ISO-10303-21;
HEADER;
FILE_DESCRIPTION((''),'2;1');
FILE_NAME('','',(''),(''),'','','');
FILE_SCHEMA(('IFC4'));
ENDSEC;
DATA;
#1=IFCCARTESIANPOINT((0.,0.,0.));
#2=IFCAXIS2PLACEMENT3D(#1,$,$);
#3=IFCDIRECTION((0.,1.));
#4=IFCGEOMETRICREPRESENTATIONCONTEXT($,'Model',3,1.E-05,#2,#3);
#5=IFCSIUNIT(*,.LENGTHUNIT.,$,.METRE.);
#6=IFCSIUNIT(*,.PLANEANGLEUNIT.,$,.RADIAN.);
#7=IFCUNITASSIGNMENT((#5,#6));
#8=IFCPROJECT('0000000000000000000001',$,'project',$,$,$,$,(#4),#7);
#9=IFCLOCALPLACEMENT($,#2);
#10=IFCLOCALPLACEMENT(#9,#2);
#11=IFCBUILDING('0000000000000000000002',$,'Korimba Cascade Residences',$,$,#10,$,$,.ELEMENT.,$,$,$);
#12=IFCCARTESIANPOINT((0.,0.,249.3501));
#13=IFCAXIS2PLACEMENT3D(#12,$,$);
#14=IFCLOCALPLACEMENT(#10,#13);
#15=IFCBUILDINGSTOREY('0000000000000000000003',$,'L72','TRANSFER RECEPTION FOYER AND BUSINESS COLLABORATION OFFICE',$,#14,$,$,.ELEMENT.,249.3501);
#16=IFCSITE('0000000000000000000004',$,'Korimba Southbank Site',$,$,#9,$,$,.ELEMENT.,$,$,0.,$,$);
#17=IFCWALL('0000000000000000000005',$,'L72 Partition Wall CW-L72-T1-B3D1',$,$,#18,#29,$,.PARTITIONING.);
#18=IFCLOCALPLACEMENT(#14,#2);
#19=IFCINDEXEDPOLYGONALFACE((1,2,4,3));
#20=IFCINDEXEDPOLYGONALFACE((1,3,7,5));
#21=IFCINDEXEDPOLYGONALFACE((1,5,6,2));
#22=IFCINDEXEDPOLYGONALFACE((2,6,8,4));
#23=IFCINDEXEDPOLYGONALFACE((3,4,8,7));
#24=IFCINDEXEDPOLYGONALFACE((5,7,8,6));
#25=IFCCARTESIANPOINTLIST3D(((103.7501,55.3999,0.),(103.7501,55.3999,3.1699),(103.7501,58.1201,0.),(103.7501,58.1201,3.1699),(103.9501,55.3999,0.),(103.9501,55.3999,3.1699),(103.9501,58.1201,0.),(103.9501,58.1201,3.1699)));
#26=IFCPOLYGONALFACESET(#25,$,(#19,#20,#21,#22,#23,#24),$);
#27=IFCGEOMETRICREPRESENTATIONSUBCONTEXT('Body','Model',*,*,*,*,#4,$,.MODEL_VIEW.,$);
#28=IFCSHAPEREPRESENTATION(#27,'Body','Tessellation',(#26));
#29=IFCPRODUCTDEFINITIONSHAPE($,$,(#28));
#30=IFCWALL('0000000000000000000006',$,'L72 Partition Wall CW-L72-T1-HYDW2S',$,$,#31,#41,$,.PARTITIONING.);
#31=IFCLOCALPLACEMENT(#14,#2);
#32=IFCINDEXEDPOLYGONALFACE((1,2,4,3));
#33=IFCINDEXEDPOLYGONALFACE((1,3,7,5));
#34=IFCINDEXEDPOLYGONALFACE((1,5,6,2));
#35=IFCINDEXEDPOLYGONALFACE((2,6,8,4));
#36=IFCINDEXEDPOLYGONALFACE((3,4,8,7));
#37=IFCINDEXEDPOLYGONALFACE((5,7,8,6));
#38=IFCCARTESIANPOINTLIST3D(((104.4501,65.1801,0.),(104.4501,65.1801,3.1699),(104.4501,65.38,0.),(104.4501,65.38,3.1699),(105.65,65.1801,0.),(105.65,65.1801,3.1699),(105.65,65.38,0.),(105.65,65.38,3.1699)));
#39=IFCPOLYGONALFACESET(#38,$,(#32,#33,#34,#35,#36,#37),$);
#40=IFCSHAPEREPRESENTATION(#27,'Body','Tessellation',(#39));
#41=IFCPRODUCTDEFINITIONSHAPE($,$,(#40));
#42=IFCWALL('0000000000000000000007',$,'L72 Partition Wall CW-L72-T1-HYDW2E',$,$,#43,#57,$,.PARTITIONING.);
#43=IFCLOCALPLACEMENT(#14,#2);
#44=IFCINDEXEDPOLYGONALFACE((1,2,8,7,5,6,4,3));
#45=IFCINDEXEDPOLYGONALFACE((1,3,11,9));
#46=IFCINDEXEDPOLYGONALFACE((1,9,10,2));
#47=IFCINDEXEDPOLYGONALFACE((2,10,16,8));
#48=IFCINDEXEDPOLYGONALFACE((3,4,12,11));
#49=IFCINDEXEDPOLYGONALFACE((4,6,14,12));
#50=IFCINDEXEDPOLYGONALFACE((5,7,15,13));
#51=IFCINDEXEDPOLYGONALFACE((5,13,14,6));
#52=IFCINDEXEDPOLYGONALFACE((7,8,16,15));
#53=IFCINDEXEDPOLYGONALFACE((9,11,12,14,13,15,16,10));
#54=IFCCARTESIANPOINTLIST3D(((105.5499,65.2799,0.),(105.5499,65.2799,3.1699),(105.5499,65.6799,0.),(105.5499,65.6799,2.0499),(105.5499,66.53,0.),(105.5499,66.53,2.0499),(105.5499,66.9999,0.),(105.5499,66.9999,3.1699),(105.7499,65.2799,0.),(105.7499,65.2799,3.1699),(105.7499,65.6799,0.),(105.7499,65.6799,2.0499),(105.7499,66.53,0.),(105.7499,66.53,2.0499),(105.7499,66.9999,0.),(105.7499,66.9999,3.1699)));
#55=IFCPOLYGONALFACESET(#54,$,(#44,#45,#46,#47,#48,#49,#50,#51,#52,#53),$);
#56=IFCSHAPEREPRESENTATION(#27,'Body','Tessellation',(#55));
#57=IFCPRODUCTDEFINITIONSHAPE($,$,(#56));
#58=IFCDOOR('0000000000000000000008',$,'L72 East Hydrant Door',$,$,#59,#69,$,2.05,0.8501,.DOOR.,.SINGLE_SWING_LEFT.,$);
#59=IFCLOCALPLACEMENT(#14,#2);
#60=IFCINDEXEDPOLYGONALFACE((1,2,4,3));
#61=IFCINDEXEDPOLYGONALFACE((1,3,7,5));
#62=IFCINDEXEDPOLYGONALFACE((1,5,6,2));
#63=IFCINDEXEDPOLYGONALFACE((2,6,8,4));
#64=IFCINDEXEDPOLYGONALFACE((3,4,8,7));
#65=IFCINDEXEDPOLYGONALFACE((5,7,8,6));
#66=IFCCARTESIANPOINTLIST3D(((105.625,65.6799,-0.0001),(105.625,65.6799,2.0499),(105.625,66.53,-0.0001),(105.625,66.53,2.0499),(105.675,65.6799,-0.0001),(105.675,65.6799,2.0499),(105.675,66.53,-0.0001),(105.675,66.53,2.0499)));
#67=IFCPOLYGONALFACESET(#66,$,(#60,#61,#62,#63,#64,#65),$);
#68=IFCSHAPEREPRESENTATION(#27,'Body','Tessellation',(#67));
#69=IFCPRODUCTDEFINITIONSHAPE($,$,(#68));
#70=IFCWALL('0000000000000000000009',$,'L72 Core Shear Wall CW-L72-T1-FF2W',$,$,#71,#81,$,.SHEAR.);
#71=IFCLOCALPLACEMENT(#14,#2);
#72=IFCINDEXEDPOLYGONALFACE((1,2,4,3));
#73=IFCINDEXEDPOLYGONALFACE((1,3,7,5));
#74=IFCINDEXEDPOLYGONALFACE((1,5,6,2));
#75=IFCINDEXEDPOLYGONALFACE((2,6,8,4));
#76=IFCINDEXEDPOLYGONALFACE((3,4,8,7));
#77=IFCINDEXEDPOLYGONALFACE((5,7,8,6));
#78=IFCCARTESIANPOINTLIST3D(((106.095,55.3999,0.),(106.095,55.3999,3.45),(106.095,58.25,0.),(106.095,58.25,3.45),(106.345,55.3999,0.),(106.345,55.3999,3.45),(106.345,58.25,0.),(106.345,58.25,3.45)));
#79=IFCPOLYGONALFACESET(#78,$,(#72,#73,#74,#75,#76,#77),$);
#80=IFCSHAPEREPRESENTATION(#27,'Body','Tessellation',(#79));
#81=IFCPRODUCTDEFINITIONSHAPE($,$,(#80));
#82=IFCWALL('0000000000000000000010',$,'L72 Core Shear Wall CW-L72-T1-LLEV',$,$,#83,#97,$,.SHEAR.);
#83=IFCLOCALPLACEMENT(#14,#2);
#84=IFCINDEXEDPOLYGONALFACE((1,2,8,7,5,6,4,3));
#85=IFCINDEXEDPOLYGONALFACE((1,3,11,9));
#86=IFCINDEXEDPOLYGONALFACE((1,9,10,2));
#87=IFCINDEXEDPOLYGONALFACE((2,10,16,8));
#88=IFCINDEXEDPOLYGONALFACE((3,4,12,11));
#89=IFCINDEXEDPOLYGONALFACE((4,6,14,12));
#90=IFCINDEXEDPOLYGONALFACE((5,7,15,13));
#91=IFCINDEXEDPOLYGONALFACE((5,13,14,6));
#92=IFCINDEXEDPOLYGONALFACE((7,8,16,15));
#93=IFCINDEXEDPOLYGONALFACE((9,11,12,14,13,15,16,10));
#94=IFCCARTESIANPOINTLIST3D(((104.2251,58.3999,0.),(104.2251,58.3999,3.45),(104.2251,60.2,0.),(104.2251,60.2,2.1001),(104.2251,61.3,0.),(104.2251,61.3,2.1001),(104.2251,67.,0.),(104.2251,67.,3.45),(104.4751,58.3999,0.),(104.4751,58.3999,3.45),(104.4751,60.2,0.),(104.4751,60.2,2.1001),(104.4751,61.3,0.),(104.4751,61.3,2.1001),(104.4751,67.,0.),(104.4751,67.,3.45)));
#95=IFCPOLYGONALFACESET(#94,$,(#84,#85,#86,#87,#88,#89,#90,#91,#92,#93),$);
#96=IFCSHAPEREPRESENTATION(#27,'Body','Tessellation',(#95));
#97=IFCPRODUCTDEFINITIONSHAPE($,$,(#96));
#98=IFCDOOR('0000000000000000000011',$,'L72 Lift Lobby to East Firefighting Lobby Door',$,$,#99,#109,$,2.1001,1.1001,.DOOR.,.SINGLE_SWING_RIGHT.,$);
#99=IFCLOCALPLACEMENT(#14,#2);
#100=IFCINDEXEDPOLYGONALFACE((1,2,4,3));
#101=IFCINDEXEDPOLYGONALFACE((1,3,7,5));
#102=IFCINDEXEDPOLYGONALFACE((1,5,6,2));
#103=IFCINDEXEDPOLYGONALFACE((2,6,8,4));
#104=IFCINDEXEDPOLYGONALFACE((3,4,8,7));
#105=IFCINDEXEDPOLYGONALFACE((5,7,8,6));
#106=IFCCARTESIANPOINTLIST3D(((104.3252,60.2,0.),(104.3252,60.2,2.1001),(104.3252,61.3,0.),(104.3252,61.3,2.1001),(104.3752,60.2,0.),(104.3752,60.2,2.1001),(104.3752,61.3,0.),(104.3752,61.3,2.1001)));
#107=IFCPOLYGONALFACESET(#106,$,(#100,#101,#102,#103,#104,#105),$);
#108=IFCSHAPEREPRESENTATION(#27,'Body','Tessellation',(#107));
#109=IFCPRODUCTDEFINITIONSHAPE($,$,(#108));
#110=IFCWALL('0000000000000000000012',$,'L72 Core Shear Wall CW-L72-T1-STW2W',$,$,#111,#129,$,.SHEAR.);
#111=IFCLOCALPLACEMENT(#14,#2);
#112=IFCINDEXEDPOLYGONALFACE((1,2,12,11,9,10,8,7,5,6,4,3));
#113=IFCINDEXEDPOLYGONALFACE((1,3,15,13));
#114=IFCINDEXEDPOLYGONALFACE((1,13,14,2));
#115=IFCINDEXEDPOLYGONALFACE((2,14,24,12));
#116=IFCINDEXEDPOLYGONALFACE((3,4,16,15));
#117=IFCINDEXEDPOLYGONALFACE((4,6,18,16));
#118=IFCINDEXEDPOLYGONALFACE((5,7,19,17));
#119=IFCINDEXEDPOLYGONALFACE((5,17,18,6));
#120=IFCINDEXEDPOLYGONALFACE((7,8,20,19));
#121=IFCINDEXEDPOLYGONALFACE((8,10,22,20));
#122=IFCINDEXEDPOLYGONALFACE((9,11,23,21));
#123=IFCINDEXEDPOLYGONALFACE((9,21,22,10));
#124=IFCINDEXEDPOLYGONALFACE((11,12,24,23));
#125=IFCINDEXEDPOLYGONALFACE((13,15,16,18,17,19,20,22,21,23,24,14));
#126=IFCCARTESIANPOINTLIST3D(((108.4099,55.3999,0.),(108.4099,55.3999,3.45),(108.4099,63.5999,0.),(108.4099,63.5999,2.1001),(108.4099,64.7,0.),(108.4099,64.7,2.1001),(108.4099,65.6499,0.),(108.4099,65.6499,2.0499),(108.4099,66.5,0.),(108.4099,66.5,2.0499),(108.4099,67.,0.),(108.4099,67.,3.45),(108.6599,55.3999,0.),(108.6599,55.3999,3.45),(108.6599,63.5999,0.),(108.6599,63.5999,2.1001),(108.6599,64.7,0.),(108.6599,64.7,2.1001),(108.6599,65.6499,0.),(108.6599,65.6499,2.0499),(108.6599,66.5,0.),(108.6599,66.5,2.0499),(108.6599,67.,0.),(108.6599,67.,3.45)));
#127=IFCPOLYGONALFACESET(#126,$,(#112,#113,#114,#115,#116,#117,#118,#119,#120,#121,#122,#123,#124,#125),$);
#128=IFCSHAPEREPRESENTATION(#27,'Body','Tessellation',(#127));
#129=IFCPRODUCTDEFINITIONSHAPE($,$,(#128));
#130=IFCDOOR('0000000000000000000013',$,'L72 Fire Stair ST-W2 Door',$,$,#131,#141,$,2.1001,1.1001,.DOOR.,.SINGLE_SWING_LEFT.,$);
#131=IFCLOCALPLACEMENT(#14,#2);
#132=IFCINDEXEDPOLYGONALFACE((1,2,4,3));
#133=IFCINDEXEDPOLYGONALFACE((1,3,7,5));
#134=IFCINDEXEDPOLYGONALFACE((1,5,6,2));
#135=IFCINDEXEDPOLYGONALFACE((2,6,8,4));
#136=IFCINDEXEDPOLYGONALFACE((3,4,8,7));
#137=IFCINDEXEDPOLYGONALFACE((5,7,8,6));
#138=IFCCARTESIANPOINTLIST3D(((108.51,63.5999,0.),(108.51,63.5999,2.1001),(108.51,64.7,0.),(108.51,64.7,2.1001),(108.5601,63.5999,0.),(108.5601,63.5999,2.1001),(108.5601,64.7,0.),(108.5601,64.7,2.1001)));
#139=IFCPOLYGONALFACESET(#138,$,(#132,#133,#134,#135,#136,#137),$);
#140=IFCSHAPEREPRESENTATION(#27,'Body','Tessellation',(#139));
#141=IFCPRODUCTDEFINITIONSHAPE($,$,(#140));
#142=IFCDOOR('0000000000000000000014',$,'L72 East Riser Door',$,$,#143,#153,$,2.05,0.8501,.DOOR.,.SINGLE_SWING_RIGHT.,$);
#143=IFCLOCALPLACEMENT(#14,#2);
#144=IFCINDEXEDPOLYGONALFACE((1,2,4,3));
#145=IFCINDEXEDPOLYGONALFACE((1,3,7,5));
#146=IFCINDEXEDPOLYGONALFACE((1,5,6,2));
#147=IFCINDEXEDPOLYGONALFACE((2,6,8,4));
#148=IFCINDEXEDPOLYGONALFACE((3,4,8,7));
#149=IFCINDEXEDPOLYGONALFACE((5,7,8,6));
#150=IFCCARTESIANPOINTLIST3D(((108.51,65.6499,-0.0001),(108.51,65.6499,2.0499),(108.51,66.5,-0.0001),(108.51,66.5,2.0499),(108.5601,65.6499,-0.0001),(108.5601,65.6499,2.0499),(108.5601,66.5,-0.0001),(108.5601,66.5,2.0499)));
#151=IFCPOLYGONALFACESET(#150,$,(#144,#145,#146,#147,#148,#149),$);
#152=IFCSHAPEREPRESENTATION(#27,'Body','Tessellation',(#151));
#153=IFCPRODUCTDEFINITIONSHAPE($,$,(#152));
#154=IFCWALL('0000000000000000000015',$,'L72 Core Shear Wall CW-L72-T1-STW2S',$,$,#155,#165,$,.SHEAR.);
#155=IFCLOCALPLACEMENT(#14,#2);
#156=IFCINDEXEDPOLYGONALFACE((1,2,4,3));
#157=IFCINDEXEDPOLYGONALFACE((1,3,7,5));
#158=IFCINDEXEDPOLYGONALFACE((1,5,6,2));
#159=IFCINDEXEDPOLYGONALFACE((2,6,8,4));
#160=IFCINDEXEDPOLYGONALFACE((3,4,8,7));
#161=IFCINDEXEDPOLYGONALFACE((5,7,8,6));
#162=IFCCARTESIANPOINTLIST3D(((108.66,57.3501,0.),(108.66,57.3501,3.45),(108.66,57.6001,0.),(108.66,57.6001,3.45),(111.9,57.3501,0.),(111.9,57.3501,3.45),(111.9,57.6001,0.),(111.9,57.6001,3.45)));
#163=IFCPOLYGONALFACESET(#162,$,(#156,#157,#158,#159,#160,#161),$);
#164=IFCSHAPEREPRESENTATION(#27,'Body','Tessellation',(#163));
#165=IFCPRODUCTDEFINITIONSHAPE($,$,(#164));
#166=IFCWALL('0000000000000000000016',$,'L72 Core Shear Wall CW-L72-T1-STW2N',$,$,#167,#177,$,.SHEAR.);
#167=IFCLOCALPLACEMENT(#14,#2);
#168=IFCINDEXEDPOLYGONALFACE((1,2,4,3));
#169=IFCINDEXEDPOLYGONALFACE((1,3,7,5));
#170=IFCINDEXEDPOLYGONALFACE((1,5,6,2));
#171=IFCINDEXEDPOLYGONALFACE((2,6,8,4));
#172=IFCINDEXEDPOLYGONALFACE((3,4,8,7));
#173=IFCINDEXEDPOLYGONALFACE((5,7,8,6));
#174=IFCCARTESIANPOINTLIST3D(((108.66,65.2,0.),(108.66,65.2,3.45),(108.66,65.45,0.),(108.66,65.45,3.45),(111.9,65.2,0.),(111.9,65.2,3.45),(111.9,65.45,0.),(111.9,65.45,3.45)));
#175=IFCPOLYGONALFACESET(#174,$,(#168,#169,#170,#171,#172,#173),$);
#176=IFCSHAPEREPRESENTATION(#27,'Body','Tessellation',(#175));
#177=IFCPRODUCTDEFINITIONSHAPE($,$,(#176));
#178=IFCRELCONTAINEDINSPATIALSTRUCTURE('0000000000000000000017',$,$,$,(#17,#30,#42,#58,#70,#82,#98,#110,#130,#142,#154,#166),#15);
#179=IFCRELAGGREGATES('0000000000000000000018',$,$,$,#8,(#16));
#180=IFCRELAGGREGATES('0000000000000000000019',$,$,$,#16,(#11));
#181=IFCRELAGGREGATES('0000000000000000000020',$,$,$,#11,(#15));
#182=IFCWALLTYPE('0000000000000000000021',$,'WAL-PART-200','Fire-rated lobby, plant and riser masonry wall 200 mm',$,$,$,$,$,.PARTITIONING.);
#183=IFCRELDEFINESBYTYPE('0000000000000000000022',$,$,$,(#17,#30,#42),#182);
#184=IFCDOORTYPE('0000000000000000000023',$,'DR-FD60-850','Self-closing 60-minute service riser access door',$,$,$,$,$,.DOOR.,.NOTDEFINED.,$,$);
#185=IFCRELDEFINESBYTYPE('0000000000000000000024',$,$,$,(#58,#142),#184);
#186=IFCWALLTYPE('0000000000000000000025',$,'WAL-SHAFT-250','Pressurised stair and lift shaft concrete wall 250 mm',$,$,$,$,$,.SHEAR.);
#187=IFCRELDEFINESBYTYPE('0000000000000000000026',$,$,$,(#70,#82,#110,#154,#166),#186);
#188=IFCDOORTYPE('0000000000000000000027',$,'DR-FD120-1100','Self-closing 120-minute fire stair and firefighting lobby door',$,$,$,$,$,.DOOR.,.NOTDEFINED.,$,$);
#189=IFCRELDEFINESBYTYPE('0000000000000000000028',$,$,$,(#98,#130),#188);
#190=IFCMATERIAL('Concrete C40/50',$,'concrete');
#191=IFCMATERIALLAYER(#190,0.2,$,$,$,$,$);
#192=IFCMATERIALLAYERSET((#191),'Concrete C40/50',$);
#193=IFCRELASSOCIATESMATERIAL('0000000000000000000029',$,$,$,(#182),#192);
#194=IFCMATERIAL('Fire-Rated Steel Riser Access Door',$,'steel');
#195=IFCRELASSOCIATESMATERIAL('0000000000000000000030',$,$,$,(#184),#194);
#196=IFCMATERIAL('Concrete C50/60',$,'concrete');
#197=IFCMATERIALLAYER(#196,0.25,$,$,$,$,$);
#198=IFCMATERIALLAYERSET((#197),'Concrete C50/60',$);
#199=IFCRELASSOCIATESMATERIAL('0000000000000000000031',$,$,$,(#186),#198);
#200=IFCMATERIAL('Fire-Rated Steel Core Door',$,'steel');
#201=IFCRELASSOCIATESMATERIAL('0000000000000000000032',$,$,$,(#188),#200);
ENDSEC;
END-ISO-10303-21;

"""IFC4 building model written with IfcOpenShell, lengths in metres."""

from ifc_helpers import new_model, si_unit, direction, frame, frame_2d, origin, place, context, subcontext, project, spatial, rectangle, extrude, material, layer, layer_set, type_object, element, fill, save


model = new_model("IFC4")

# Units and contexts
model_context = context("Model", 3, precision=1e-05, world=origin(), true_north=direction((0.0, 1.0)))
body_context = subcontext(model_context, "Body", "Model", "MODEL_VIEW")
ifc_project = project(units=[si_unit("LENGTHUNIT", "METRE"), si_unit("PLANEANGLEUNIT", "RADIAN")], contexts=[model_context])

# Site, building, storey
site_placement = place(None, origin())
site = spatial("IfcSite", under=ifc_project, at=site_placement, Name="Korimba Southbank Site", CompositionType="ELEMENT", RefElevation=0.0)
building_placement = place(site_placement, origin())
building = spatial("IfcBuilding", under=site, at=building_placement, Name="Korimba Cascade Residences", CompositionType="ELEMENT")
storey_placement = place(building_placement, frame((0.0, 0.0, 249.3501)))
storey = spatial("IfcBuildingStorey", under=building, at=storey_placement, Name="L72", Description="TRANSFER RECEPTION FOYER AND BUSINESS COLLABORATION OFFICE", CompositionType="ELEMENT", Elevation=249.3501)

# Walls
ifc_material_1 = material(Name="Concrete C40/50", Category="concrete")
ifc_layer_1 = layer(ifc_material_1, 0.2)
ifc_layer_set_1 = layer_set([ifc_layer_1], Name="Concrete C40/50")
wall_type_1 = type_object("IfcWallType", Name="WAL-PART-200", Description="Fire-rated lobby, plant and riser masonry wall 200 mm", PredefinedType="PARTITIONING", material=ifc_layer_set_1)
wall_1_placement = place(storey_placement, frame((103.8501, 55.3999, 0.0), z_axis=(0.0, 0.0, 1.0), x_axis=(0.0, 1.0, 0.0)))
element("IfcWall", 1, at=wall_1_placement, inside=storey, type_object=wall_type_1, Name="L72 Partition Wall CW-L72-T1-B3D1", PredefinedType="PARTITIONING", context=body_context, shape_type="SweptSolid", body=[
    extrude(rectangle(XDim=2.7202, YDim=0.2, at=frame_2d((1.3601, 0.0))), origin(), (0.0, 0.0, 1.0), 3.1699),
])
wall_2_placement = place(storey_placement, frame((104.45, 65.28, 0.0), z_axis=(0.0, 0.0, 1.0), x_axis=(1.0, 0.0, 0.0)))
element("IfcWall", 2, at=wall_2_placement, inside=storey, type_object=wall_type_1, Name="L72 Partition Wall CW-L72-T1-HYDW2S", PredefinedType="PARTITIONING", context=body_context, shape_type="SweptSolid", body=[
    extrude(rectangle(XDim=1.2, YDim=0.2, at=frame_2d((0.6001, 0.0))), origin(), (0.0, 0.0, 1.0), 3.1699),
])

# Wall, opening, door
wall_3_placement = place(storey_placement, frame((105.6499, 65.28, 0.0), z_axis=(0.0, 0.0, 1.0), x_axis=(0.0, 1.0, 0.0)))
wall_3 = element("IfcWall", 3, at=wall_3_placement, inside=storey, type_object=wall_type_1, Name="L72 Partition Wall CW-L72-T1-HYDW2E", PredefinedType="PARTITIONING", context=body_context, shape_type="SweptSolid", body=[
    extrude(rectangle(XDim=1.72, YDim=0.2, at=frame_2d((0.8599, 0.0))), origin(), (0.0, 0.0, 1.0), 3.1699),
])
opening_1_placement = place(wall_3_placement, frame((0.3999, 0.0, 0.0)))
opening_1 = element("IfcOpeningElement", 4, at=opening_1_placement, cuts=wall_3, PredefinedType="OPENING", context=body_context, shape_type="SweptSolid", body=[
    extrude(rectangle(XDim=0.8501, YDim=2.05, at=frame_2d((0.425, 1.0249))), frame((0.0, 0.1099, 0.0), z_axis=(0.0, -1.0, 0.0), x_axis=(1.0, 0.0, 0.0)), (0.0, 0.0, 1.0), 0.22),
])
ifc_material_2 = material(Name="Fire-Rated Steel Riser Access Door", Category="steel")
door_type_1 = type_object("IfcDoorType", Name="DR-FD60-850", Description="Self-closing 60-minute service riser access door", OperationType="NOTDEFINED", PredefinedType="DOOR", material=ifc_material_2)
door_1_placement = place(opening_1_placement, origin())
door_1 = element("IfcDoor", 5, at=door_1_placement, inside=storey, type_object=door_type_1, Name="L72 East Hydrant Door", OperationType="SINGLE_SWING_LEFT", OverallHeight=2.05, OverallWidth=0.8501, PredefinedType="DOOR", context=body_context, shape_type="SweptSolid", body=[
    extrude(rectangle(XDim=0.8501, YDim=2.05, at=frame_2d((0.425, 1.0249))), frame((0.0, 0.0249, 0.0), z_axis=(0.0, -1.0, 0.0), x_axis=(1.0, 0.0, 0.0)), (0.0, 0.0, 1.0), 0.05),
])
fill(opening_1, door_1)

# Wall
ifc_material_3 = material(Name="Concrete C50/60", Category="concrete")
ifc_layer_2 = layer(ifc_material_3, 0.25)
ifc_layer_set_2 = layer_set([ifc_layer_2], Name="Concrete C50/60")
wall_type_2 = type_object("IfcWallType", Name="WAL-SHAFT-250", Description="Pressurised stair and lift shaft concrete wall 250 mm", PredefinedType="SHEAR", material=ifc_layer_set_2)
wall_4_placement = place(storey_placement, frame((106.22, 55.3999, 0.0), z_axis=(0.0, 0.0, 1.0), x_axis=(0.0, 1.0, 0.0)))
element("IfcWall", 6, at=wall_4_placement, inside=storey, type_object=wall_type_2, Name="L72 Core Shear Wall CW-L72-T1-FF2W", PredefinedType="SHEAR", context=body_context, shape_type="SweptSolid", body=[
    extrude(rectangle(XDim=2.8501, YDim=0.25, at=frame_2d((1.425, 0.0))), origin(), (0.0, 0.0, 1.0), 3.45),
])

# Wall, opening, door
wall_5_placement = place(storey_placement, frame((104.3501, 58.3999, 0.0), z_axis=(0.0, 0.0, 1.0), x_axis=(0.0, 1.0, 0.0)))
wall_5 = element("IfcWall", 7, at=wall_5_placement, inside=storey, type_object=wall_type_2, Name="L72 Core Shear Wall CW-L72-T1-LLEV", PredefinedType="SHEAR", context=body_context, shape_type="SweptSolid", body=[
    extrude(rectangle(XDim=8.6001, YDim=0.25, at=frame_2d((4.3, 0.0))), origin(), (0.0, 0.0, 1.0), 3.45),
])
opening_2_placement = place(wall_5_placement, frame((1.8, 0.0, 0.0)))
opening_2 = element("IfcOpeningElement", 8, at=opening_2_placement, cuts=wall_5, PredefinedType="OPENING", context=body_context, shape_type="SweptSolid", body=[
    extrude(rectangle(XDim=1.1001, YDim=2.1001, at=frame_2d((0.55, 1.05))), frame((0.0, 0.135, 0.0), z_axis=(0.0, -1.0, 0.0), x_axis=(1.0, 0.0, 0.0)), (0.0, 0.0, 1.0), 0.27),
])
ifc_material_4 = material(Name="Fire-Rated Steel Core Door", Category="steel")
door_type_2 = type_object("IfcDoorType", Name="DR-FD120-1100", Description="Self-closing 120-minute fire stair and firefighting lobby door", OperationType="NOTDEFINED", PredefinedType="DOOR", material=ifc_material_4)
door_2_placement = place(opening_2_placement, origin())
door_2 = element("IfcDoor", 9, at=door_2_placement, inside=storey, type_object=door_type_2, Name="L72 Lift Lobby to East Firefighting Lobby Door", OperationType="SINGLE_SWING_RIGHT", OverallHeight=2.1001, OverallWidth=1.1001, PredefinedType="DOOR", context=body_context, shape_type="SweptSolid", body=[
    extrude(rectangle(XDim=1.1001, YDim=2.1001, at=frame_2d((0.55, 1.05))), frame((0.0, 0.0249, 0.0), z_axis=(0.0, -1.0, 0.0), x_axis=(1.0, 0.0, 0.0)), (0.0, 0.0, 1.0), 0.05),
])
fill(opening_2, door_2)

# Wall, openings, doors
wall_6_placement = place(storey_placement, frame((108.5349, 55.3999, 0.0), z_axis=(0.0, 0.0, 1.0), x_axis=(0.0, 1.0, 0.0)))
wall_6 = element("IfcWall", 10, at=wall_6_placement, inside=storey, type_object=wall_type_2, Name="L72 Core Shear Wall CW-L72-T1-STW2W", PredefinedType="SHEAR", context=body_context, shape_type="SweptSolid", body=[
    extrude(rectangle(XDim=11.6001, YDim=0.25, at=frame_2d((5.8, 0.0))), origin(), (0.0, 0.0, 1.0), 3.45),
])
opening_3_placement = place(wall_6_placement, frame((8.2, 0.0, 0.0)))
opening_3 = element("IfcOpeningElement", 11, at=opening_3_placement, cuts=wall_6, PredefinedType="OPENING", context=body_context, shape_type="SweptSolid", body=[
    extrude(rectangle(XDim=1.1001, YDim=2.1001, at=frame_2d((0.55, 1.05))), frame((0.0, 0.135, 0.0), z_axis=(0.0, -1.0, 0.0), x_axis=(1.0, 0.0, 0.0)), (0.0, 0.0, 1.0), 0.27),
])
opening_4_placement = place(wall_6_placement, frame((10.25, 0.0, 0.0)))
opening_4 = element("IfcOpeningElement", 12, at=opening_4_placement, cuts=wall_6, PredefinedType="OPENING", context=body_context, shape_type="SweptSolid", body=[
    extrude(rectangle(XDim=0.8501, YDim=2.05, at=frame_2d((0.425, 1.0249))), frame((0.0, 0.135, 0.0), z_axis=(0.0, -1.0, 0.0), x_axis=(1.0, 0.0, 0.0)), (0.0, 0.0, 1.0), 0.27),
])
door_3_placement = place(opening_3_placement, origin())
door_3 = element("IfcDoor", 13, at=door_3_placement, inside=storey, type_object=door_type_2, Name="L72 Fire Stair ST-W2 Door", OperationType="SINGLE_SWING_LEFT", OverallHeight=2.1001, OverallWidth=1.1001, PredefinedType="DOOR", context=body_context, shape_type="SweptSolid", body=[
    extrude(rectangle(XDim=1.1001, YDim=2.1001, at=frame_2d((0.55, 1.05))), frame((0.0, 0.0249, 0.0), z_axis=(0.0, -1.0, 0.0), x_axis=(1.0, 0.0, 0.0)), (0.0, 0.0, 1.0), 0.05),
])
fill(opening_3, door_3)
door_4_placement = place(opening_4_placement, origin())
door_4 = element("IfcDoor", 14, at=door_4_placement, inside=storey, type_object=door_type_1, Name="L72 East Riser Door", OperationType="SINGLE_SWING_RIGHT", OverallHeight=2.05, OverallWidth=0.8501, PredefinedType="DOOR", context=body_context, shape_type="SweptSolid", body=[
    extrude(rectangle(XDim=0.8501, YDim=2.05, at=frame_2d((0.425, 1.0249))), frame((0.0, 0.0249, 0.0), z_axis=(0.0, -1.0, 0.0), x_axis=(1.0, 0.0, 0.0)), (0.0, 0.0, 1.0), 0.05),
])
fill(opening_4, door_4)

# Walls
for number, where, z_axis, x_axis, name in (
    (15, (108.6599, 57.4751, 0.0), (0.0, 0.0, 1.0), (1.0, 0.0, 0.0), "L72 Core Shear Wall CW-L72-T1-STW2S"),
    (16, (108.6599, 65.325, 0.0), (0.0, 0.0, 1.0), (1.0, 0.0, 0.0), "L72 Core Shear Wall CW-L72-T1-STW2N"),
):
    element("IfcWall", number, at=place(storey_placement, frame(where, z_axis=z_axis, x_axis=x_axis)), inside=storey, type_object=wall_type_2, Name=name, PredefinedType="SHEAR", context=body_context, shape_type="SweptSolid", body=[
        extrude(rectangle(XDim=3.24, YDim=0.25, at=frame_2d((1.6201, 0.0))), origin(), (0.0, 0.0, 1.0), 3.45),
    ])

save(model, "model.ifc")
